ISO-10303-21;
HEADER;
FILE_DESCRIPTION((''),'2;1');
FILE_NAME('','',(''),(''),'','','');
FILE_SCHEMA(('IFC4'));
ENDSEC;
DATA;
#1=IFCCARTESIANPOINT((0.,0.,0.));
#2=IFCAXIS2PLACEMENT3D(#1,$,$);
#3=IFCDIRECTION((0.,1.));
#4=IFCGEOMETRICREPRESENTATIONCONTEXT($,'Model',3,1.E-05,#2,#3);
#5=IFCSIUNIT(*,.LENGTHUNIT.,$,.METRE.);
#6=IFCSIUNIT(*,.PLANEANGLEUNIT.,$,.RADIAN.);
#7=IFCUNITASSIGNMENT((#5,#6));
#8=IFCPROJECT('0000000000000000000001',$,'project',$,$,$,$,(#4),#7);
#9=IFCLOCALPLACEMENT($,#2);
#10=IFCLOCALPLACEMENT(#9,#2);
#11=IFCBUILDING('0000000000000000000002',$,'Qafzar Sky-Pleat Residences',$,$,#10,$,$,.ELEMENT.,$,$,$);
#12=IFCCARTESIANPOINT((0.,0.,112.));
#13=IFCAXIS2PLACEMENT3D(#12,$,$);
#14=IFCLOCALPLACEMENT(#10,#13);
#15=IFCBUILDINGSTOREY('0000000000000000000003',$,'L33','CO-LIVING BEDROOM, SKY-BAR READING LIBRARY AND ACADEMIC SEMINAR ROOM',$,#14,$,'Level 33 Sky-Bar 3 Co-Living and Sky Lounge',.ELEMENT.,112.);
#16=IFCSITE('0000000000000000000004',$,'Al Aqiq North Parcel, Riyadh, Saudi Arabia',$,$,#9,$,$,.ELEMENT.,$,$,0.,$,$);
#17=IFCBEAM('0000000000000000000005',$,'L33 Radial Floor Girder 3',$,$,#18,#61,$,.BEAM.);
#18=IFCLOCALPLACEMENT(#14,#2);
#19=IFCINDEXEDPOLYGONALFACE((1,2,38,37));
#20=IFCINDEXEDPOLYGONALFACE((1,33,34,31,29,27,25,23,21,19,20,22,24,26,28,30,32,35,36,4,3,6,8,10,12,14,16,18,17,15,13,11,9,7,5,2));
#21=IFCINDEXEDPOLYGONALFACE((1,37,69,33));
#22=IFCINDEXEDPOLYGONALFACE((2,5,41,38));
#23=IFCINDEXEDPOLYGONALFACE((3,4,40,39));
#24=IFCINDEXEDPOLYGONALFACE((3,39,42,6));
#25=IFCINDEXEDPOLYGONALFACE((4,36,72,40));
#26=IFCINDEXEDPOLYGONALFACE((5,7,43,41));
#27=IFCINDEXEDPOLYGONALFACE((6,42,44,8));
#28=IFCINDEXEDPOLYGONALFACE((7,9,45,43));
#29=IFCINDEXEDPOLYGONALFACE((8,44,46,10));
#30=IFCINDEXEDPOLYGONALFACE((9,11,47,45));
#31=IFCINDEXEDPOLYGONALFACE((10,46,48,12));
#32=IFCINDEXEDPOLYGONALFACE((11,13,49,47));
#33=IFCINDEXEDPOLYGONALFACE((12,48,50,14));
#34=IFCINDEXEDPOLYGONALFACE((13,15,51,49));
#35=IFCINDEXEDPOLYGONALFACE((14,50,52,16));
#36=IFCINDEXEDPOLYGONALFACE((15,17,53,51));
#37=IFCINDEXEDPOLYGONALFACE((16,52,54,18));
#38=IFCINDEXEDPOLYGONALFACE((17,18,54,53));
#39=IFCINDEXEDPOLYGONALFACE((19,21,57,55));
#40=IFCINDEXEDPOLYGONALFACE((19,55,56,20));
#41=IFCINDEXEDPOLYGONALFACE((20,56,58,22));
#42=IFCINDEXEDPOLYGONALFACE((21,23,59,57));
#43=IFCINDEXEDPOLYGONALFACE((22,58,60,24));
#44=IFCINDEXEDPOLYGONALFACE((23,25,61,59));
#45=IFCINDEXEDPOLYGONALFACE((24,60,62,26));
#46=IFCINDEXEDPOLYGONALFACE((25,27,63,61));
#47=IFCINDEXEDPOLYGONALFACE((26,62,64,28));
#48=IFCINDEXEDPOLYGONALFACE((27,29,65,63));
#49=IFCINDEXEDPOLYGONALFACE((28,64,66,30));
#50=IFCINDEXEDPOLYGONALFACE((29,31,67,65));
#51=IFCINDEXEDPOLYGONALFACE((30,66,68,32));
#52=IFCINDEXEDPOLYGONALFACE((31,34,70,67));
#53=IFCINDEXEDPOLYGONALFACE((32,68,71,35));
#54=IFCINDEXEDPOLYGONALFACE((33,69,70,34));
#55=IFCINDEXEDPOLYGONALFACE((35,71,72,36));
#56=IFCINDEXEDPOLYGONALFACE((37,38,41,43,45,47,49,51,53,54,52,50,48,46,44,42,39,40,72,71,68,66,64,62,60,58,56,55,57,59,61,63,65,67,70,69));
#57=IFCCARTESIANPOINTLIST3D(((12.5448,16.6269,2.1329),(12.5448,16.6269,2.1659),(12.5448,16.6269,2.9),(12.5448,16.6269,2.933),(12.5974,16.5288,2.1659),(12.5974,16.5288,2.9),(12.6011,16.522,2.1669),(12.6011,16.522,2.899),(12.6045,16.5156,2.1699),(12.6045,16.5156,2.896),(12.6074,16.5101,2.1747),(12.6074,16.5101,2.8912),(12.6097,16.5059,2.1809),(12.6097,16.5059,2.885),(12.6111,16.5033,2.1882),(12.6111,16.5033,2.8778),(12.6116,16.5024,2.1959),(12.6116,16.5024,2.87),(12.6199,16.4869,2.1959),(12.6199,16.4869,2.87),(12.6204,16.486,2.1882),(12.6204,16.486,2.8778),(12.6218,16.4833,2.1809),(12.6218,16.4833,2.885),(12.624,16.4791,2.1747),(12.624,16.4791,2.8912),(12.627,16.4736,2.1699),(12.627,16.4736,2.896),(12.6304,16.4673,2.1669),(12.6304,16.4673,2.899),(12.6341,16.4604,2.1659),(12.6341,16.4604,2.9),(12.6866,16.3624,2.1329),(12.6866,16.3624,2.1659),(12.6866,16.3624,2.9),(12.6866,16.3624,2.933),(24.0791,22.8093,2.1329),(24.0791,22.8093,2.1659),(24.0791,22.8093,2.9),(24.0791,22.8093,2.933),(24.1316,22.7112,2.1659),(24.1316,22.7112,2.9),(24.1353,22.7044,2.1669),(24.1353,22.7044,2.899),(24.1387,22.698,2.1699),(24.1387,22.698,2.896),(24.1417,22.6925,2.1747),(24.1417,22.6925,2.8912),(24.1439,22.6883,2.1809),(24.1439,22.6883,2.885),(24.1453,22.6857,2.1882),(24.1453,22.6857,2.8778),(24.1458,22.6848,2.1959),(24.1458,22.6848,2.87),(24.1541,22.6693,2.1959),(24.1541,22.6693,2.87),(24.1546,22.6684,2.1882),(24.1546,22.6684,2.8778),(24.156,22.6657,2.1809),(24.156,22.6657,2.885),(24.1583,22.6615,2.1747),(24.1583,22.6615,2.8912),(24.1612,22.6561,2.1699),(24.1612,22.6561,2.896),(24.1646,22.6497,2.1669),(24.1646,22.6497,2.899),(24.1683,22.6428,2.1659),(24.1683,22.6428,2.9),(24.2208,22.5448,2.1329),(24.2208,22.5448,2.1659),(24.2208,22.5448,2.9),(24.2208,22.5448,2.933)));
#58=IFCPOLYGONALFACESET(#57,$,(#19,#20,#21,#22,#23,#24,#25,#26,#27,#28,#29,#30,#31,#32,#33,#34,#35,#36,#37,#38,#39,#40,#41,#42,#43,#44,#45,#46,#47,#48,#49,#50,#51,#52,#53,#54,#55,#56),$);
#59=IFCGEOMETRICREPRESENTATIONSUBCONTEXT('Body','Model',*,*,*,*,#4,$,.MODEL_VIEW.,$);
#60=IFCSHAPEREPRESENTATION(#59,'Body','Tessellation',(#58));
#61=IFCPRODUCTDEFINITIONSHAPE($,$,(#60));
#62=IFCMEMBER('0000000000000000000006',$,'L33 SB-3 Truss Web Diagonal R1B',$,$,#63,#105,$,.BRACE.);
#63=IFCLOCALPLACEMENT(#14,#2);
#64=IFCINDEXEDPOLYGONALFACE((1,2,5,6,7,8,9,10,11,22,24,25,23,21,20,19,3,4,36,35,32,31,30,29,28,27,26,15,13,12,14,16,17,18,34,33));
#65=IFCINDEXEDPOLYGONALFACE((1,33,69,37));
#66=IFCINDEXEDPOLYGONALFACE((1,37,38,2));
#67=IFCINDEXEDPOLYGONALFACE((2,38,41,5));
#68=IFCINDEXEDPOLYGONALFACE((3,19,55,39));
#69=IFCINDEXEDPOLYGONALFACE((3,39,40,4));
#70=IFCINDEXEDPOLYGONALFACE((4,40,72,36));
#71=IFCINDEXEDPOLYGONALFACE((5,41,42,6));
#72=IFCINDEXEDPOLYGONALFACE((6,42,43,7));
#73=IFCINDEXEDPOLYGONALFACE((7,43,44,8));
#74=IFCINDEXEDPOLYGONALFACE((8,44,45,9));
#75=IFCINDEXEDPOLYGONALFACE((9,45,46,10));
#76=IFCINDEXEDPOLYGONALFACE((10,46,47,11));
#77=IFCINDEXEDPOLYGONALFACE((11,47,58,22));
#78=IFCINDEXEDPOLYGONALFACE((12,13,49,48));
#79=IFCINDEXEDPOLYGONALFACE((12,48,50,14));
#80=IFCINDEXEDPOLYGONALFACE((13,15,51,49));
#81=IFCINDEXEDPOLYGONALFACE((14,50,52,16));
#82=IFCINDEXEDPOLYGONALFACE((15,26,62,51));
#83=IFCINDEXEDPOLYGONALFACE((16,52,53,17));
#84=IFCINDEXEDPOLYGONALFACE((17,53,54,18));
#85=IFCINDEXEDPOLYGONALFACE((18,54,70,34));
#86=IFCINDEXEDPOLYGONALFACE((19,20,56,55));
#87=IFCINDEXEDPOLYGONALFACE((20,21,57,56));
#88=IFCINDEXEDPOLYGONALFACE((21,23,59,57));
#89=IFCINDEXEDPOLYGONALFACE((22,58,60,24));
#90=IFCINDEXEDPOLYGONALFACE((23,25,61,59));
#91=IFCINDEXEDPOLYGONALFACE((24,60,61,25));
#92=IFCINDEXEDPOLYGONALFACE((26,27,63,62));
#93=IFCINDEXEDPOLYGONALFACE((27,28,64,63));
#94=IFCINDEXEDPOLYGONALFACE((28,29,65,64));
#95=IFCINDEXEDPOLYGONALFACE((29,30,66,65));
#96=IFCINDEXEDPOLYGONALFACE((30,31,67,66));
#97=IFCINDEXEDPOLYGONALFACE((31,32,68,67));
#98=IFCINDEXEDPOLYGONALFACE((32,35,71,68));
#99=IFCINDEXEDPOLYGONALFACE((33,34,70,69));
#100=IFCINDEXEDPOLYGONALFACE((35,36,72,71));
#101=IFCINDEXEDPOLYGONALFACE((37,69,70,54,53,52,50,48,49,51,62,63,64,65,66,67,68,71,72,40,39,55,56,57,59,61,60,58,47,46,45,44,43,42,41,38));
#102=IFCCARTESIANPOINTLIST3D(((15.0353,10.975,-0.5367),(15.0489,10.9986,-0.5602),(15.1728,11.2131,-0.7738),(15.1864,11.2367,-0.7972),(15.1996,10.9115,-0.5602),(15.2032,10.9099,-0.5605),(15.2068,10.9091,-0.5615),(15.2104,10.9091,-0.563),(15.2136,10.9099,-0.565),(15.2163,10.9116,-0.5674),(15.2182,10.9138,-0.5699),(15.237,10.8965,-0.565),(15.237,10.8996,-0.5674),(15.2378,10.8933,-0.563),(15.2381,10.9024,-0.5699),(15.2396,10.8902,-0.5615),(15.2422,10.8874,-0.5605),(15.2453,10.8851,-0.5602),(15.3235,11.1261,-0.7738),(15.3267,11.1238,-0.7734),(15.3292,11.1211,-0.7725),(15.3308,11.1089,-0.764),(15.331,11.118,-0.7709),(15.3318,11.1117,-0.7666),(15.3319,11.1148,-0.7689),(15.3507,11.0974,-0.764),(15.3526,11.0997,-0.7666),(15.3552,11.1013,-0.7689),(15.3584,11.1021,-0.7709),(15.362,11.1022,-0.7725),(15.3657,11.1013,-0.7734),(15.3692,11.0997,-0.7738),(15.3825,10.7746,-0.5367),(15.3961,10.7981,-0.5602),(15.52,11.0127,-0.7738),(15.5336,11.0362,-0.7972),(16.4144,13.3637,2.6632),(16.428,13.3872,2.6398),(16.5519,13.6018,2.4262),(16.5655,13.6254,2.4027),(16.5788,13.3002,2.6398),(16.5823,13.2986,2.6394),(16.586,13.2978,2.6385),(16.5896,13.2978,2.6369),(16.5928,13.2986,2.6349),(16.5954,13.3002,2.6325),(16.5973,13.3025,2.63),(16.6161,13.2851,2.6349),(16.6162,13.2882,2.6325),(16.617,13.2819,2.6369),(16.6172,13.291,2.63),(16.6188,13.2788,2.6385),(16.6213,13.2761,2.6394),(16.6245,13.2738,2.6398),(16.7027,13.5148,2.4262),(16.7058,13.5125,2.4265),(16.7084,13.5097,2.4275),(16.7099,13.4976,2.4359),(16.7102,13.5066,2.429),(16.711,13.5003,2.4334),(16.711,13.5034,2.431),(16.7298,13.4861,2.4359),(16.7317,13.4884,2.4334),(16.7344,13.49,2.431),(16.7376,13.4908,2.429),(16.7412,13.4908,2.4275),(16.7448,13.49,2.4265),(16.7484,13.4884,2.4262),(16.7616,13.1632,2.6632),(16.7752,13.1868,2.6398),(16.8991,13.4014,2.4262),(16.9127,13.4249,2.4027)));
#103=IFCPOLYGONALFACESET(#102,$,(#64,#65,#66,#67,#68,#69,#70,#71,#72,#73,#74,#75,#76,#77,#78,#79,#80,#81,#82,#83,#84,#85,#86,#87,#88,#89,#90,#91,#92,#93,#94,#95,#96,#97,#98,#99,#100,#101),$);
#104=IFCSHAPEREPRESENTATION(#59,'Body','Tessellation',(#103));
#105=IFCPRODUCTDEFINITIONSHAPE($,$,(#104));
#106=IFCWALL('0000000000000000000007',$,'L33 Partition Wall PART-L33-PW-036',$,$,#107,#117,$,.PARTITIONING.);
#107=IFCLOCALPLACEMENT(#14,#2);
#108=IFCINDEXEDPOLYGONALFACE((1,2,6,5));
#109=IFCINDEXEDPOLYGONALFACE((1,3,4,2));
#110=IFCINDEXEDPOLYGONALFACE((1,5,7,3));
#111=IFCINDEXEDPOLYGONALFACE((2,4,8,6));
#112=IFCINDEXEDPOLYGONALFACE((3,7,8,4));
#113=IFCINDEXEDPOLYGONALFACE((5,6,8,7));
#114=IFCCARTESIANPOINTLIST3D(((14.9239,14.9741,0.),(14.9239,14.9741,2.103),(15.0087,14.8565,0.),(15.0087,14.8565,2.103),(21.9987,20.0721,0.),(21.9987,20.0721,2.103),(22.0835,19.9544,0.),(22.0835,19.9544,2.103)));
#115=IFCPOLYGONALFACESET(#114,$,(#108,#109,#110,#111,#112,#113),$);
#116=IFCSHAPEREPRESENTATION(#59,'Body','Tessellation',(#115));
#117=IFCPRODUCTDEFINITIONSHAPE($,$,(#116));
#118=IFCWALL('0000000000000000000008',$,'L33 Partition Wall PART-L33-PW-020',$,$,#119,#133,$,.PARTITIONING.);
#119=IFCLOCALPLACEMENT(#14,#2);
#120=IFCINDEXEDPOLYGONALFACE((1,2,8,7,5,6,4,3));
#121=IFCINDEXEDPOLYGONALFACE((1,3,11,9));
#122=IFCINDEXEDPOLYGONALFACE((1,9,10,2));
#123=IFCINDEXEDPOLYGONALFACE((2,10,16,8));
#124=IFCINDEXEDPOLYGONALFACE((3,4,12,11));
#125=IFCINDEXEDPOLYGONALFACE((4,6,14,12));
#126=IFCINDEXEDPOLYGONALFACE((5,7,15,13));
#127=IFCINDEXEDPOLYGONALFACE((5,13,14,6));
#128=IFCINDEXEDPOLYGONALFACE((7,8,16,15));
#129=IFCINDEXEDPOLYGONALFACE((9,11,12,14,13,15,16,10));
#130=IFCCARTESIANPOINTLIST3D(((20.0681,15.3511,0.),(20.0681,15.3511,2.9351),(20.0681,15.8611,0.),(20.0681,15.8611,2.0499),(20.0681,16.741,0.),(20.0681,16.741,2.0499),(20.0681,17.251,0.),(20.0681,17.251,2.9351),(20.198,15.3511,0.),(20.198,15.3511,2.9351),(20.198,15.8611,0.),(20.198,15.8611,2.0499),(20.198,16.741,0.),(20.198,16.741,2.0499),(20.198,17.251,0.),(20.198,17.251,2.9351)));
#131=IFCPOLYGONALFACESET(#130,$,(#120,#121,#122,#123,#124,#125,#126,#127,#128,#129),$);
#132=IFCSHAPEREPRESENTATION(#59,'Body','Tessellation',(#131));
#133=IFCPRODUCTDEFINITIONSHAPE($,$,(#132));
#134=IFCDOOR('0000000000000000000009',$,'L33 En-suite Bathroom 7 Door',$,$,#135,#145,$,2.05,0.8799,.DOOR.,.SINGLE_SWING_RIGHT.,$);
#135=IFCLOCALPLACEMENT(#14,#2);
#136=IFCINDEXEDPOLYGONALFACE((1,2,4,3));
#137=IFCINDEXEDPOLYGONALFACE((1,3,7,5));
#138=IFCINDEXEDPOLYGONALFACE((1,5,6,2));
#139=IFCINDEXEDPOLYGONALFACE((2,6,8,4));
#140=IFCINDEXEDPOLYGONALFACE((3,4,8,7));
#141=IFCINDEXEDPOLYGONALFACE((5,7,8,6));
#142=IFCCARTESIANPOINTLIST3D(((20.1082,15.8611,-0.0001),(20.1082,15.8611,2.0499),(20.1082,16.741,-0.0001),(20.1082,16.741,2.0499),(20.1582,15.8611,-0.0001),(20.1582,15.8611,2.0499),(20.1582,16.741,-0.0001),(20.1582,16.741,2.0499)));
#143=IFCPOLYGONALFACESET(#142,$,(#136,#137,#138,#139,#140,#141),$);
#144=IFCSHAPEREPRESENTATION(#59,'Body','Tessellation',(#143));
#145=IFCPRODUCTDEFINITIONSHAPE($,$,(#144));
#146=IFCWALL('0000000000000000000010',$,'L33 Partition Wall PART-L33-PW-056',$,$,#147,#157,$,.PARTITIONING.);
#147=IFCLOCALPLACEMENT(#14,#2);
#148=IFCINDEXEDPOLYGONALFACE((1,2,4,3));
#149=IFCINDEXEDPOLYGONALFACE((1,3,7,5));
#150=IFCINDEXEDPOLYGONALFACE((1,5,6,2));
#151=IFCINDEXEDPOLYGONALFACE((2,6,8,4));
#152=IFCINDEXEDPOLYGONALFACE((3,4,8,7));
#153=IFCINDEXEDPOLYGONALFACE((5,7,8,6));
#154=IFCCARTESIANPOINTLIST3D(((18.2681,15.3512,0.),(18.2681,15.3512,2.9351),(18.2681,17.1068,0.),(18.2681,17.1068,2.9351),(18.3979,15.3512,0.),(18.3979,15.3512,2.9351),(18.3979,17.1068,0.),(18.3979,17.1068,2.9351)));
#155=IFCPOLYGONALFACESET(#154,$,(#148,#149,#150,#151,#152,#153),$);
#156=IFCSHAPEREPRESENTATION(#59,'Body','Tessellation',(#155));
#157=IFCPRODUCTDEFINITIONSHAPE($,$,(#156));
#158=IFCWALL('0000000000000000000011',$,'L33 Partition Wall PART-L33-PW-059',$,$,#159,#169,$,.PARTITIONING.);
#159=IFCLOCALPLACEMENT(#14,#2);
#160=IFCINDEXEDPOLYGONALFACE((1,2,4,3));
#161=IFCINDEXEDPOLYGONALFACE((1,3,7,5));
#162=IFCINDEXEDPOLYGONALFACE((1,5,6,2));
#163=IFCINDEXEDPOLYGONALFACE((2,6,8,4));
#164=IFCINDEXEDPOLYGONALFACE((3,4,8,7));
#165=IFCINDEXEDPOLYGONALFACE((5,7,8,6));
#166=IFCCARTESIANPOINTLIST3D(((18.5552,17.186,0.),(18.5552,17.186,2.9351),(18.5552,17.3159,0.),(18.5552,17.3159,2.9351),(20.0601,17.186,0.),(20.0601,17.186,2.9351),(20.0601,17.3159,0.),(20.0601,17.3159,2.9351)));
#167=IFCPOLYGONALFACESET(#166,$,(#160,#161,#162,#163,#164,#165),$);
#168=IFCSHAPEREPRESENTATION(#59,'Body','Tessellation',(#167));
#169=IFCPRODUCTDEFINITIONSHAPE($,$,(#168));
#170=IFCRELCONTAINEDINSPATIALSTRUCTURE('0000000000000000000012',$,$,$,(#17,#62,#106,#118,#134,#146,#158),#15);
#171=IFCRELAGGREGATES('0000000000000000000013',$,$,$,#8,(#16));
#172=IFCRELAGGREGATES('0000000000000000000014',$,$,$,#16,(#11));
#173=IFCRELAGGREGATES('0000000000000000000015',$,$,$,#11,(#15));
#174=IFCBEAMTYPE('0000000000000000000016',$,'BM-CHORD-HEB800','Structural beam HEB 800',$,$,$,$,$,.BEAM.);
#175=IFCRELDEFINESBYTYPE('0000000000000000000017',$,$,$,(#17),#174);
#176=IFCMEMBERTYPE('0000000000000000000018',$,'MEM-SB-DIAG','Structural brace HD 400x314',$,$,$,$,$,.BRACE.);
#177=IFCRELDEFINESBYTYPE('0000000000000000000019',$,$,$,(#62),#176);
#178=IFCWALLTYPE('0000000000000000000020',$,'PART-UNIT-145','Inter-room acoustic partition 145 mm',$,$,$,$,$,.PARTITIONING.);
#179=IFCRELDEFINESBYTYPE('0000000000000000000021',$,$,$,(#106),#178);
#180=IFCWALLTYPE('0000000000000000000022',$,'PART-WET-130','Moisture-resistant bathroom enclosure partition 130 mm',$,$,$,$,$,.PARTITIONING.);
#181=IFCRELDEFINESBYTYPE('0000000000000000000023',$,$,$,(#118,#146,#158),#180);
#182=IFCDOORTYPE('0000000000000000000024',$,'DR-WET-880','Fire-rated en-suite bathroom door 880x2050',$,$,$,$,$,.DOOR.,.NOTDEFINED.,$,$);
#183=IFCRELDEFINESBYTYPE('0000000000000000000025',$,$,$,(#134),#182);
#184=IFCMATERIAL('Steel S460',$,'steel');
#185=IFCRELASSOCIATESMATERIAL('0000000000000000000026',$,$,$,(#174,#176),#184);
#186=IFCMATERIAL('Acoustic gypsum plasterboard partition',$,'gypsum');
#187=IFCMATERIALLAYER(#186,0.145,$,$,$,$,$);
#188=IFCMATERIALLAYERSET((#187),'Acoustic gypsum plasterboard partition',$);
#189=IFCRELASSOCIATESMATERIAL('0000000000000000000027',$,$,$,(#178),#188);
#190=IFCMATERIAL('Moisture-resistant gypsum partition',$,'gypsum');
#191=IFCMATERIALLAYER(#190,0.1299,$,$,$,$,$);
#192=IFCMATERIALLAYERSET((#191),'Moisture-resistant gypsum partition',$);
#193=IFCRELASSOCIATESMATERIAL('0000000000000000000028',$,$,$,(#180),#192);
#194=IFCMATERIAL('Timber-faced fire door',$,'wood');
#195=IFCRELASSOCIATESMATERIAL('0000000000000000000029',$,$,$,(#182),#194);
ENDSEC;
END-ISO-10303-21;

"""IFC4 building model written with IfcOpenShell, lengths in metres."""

from ifc_helpers import new_model, si_unit, direction, frame, frame_2d, origin, origin_2d, place, context, subcontext, project, spatial, rectangle, i_section, extrude, source, transform, mapped, material, layer, layer_set, material_profile, profile_set, type_object, element, fill, save


model = new_model("IFC4")

# Units and contexts
model_context = context("Model", 3, precision=1e-05, world=origin(), true_north=direction((0.0, 1.0)))
body_context = subcontext(model_context, "Body", "Model", "MODEL_VIEW")
ifc_project = project(units=[si_unit("LENGTHUNIT", "METRE"), si_unit("PLANEANGLEUNIT", "RADIAN")], contexts=[model_context])

# Site, building, storey
site_placement = place(None, origin())
site = spatial("IfcSite", under=ifc_project, at=site_placement, Name="Al Aqiq North Parcel, Riyadh, Saudi Arabia", CompositionType="ELEMENT", RefElevation=0.0)
building_placement = place(site_placement, origin())
building = spatial("IfcBuilding", under=site, at=building_placement, Name="Qafzar Sky-Pleat Residences", CompositionType="ELEMENT")
storey_placement = place(building_placement, frame((0.0, 0.0, 112.0)))
storey = spatial("IfcBuildingStorey", under=building, at=storey_placement, Name="L33", Description="CO-LIVING BEDROOM, SKY-BAR READING LIBRARY AND ACADEMIC SEMINAR ROOM", LongName="Level 33 Sky-Bar 3 Co-Living and Sky Lounge", CompositionType="ELEMENT", Elevation=112.0)

# Shared definitions
ifc_material_1 = material(Name="Steel S460", Category="steel")

# Beam
ifc_material_profile_1 = material_profile(ifc_material_1, i_section(OverallWidth=0.3, OverallDepth=0.8, WebThickness=0.0176, FlangeThickness=0.033, FilletRadius=0.03, at=origin_2d()), Name="HEB 800")
ifc_profile_set_1 = profile_set([ifc_material_profile_1], Name="Steel S460")
beam_type_1 = type_object("IfcBeamType", Name="BM-CHORD-HEB800", Description="Structural beam HEB 800", PredefinedType="BEAM", material=ifc_profile_set_1)
shared_shape_1 = source(origin(), body_context, "Body", "SweptSolid", [
    extrude(i_section(OverallWidth=0.3, OverallDepth=0.8, WebThickness=0.0176, FlangeThickness=0.033, FilletRadius=0.03, at=origin_2d()), origin(), (0.0, 0.0, 1.0), 13.0867),
])
beam_1_placement = place(storey_placement, frame((12.6157, 16.4946, 2.533), z_axis=(0.881373, 0.47242, 0.0), x_axis=(-0.47242, 0.881373, 0.0)))
element("IfcBeam", 1, at=beam_1_placement, inside=storey, type_object=beam_type_1, Name="L33 Radial Floor Girder 3", PredefinedType="BEAM", context=body_context, shape_type="MappedRepresentation", body=[
    mapped(shared_shape_1, transform((0.0, 0.0, 0.0), x_axis=(1.0, 0.0, 0.0), y_axis=(0.0, 1.0, 0.0), z_axis=(0.0, 0.0, 1.0), scale=1.0)),
])

# Member
ifc_material_profile_2 = material_profile(ifc_material_1, i_section(OverallWidth=0.4009, OverallDepth=0.3989, WebThickness=0.0229, FlangeThickness=0.0359, FilletRadius=0.0149, at=origin_2d()), Name="HD 400x314")
ifc_profile_set_2 = profile_set([ifc_material_profile_2], Name="Steel S460")
member_type = type_object("IfcMemberType", Name="MEM-SB-DIAG", Description="Structural brace HD 400x314", PredefinedType="BRACE", material=ifc_profile_set_2)
shared_shape_2 = source(origin(), body_context, "Body", "SweptSolid", [
    extrude(i_section(OverallWidth=0.4009, OverallDepth=0.3989, WebThickness=0.0229, FlangeThickness=0.0359, FilletRadius=0.0149, at=origin_2d()), origin(), (0.0, 0.0, 1.0), 4.2246),
])
member_placement = place(storey_placement, frame((16.6636, 13.3943, 2.533), z_axis=(-0.326455, -0.565416, -0.757451), x_axis=(0.866018, -0.500014, 0.0)))
element("IfcMember", 2, at=member_placement, inside=storey, type_object=member_type, Name="L33 SB-3 Truss Web Diagonal R1B", PredefinedType="BRACE", context=body_context, shape_type="MappedRepresentation", body=[
    mapped(shared_shape_2, transform((0.0, 0.0, 0.0), x_axis=(1.0, 0.0, 0.0), y_axis=(0.0, 1.0, 0.0), z_axis=(0.0, 0.0, 1.0), scale=1.0)),
])

# Wall
ifc_material_2 = material(Name="Acoustic gypsum plasterboard partition", Category="gypsum")
ifc_layer_1 = layer(ifc_material_2, 0.145)
ifc_layer_set_1 = layer_set([ifc_layer_1], Name="Acoustic gypsum plasterboard partition")
wall_type_1 = type_object("IfcWallType", Name="PART-UNIT-145", Description="Inter-room acoustic partition 145 mm", PredefinedType="PARTITIONING", material=ifc_layer_set_1)
wall_1_placement = place(storey_placement, frame((14.9663, 14.9153, 0.0), z_axis=(0.0, 0.0, 1.0), x_axis=(0.811311, 0.584615, 0.0)))
element("IfcWall", 3, at=wall_1_placement, inside=storey, type_object=wall_type_1, Name="L33 Partition Wall PART-L33-PW-036", PredefinedType="PARTITIONING", context=body_context, shape_type="SweptSolid", body=[
    extrude(rectangle(XDim=8.7202, YDim=0.145, at=frame_2d((4.3601, 0.0))), origin(), (0.0, 0.0, 1.0), 2.103),
])

# Wall, opening, door
ifc_material_3 = material(Name="Moisture-resistant gypsum partition", Category="gypsum")
ifc_layer_2 = layer(ifc_material_3, 0.1299)
ifc_layer_set_2 = layer_set([ifc_layer_2], Name="Moisture-resistant gypsum partition")
wall_type_2 = type_object("IfcWallType", Name="PART-WET-130", Description="Moisture-resistant bathroom enclosure partition 130 mm", PredefinedType="PARTITIONING", material=ifc_layer_set_2)
wall_2_placement = place(storey_placement, frame((20.1331, 15.3511, 0.0), z_axis=(0.0, 0.0, 1.0), x_axis=(0.0, 1.0, 0.0)))
wall_2 = element("IfcWall", 4, at=wall_2_placement, inside=storey, type_object=wall_type_2, Name="L33 Partition Wall PART-L33-PW-020", PredefinedType="PARTITIONING", context=body_context, shape_type="SweptSolid", body=[
    extrude(rectangle(XDim=1.8999, YDim=0.1299, at=frame_2d((0.95, 0.0))), origin(), (0.0, 0.0, 1.0), 2.9351),
])
opening_1_placement = place(wall_2_placement, frame((0.51, 0.0, 0.0)))
opening_1 = element("IfcOpeningElement", 5, at=opening_1_placement, cuts=wall_2, PredefinedType="OPENING", context=body_context, shape_type="SweptSolid", body=[
    extrude(rectangle(XDim=0.8799, YDim=2.05, at=frame_2d((0.4399, 1.0249))), frame((0.0, 0.075, 0.0), z_axis=(0.0, -1.0, 0.0), x_axis=(1.0, 0.0, 0.0)), (0.0, 0.0, 1.0), 0.1499),
])
ifc_material_4 = material(Name="Timber-faced fire door", Category="wood")
door_type = type_object("IfcDoorType", Name="DR-WET-880", Description="Fire-rated en-suite bathroom door 880x2050", OperationType="NOTDEFINED", PredefinedType="DOOR", material=ifc_material_4)
shared_shape_3 = source(origin(), body_context, "Body", "SweptSolid", [
    extrude(rectangle(XDim=0.8799, YDim=2.05, at=frame_2d((0.4399, 1.0249))), frame((0.0, 0.0249, 0.0), z_axis=(0.0, -1.0, 0.0), x_axis=(1.0, 0.0, 0.0)), (0.0, 0.0, 1.0), 0.05),
])
door_placement = place(opening_1_placement, origin())
door = element("IfcDoor", 6, at=door_placement, inside=storey, type_object=door_type, Name="L33 En-suite Bathroom 7 Door", OperationType="SINGLE_SWING_RIGHT", OverallHeight=2.05, OverallWidth=0.8799, PredefinedType="DOOR", context=body_context, shape_type="MappedRepresentation", body=[
    mapped(shared_shape_3, transform((0.0, 0.0, 0.0), x_axis=(1.0, 0.0, 0.0), y_axis=(0.0, 1.0, 0.0), z_axis=(0.0, 0.0, 1.0), scale=1.0)),
])
fill(opening_1, door)

# Walls
wall_3_placement = place(storey_placement, frame((18.333, 15.3511, 0.0), z_axis=(0.0, 0.0, 1.0), x_axis=(0.0, 1.0, 0.0)))
element("IfcWall", 7, at=wall_3_placement, inside=storey, type_object=wall_type_2, Name="L33 Partition Wall PART-L33-PW-056", PredefinedType="PARTITIONING", context=body_context, shape_type="SweptSolid", body=[
    extrude(rectangle(XDim=1.7556, YDim=0.1299, at=frame_2d((0.8779, 0.0))), origin(), (0.0, 0.0, 1.0), 2.9351),
])
wall_4_placement = place(storey_placement, frame((18.5552, 17.251, 0.0), z_axis=(0.0, 0.0, 1.0), x_axis=(1.0, 0.0, 0.0)))
element("IfcWall", 8, at=wall_4_placement, inside=storey, type_object=wall_type_2, Name="L33 Partition Wall PART-L33-PW-059", PredefinedType="PARTITIONING", context=body_context, shape_type="SweptSolid", body=[
    extrude(rectangle(XDim=1.5049, YDim=0.1299, at=frame_2d((0.7524, 0.0))), origin(), (0.0, 0.0, 1.0), 2.9351),
])

save(model, "model.ifc")
